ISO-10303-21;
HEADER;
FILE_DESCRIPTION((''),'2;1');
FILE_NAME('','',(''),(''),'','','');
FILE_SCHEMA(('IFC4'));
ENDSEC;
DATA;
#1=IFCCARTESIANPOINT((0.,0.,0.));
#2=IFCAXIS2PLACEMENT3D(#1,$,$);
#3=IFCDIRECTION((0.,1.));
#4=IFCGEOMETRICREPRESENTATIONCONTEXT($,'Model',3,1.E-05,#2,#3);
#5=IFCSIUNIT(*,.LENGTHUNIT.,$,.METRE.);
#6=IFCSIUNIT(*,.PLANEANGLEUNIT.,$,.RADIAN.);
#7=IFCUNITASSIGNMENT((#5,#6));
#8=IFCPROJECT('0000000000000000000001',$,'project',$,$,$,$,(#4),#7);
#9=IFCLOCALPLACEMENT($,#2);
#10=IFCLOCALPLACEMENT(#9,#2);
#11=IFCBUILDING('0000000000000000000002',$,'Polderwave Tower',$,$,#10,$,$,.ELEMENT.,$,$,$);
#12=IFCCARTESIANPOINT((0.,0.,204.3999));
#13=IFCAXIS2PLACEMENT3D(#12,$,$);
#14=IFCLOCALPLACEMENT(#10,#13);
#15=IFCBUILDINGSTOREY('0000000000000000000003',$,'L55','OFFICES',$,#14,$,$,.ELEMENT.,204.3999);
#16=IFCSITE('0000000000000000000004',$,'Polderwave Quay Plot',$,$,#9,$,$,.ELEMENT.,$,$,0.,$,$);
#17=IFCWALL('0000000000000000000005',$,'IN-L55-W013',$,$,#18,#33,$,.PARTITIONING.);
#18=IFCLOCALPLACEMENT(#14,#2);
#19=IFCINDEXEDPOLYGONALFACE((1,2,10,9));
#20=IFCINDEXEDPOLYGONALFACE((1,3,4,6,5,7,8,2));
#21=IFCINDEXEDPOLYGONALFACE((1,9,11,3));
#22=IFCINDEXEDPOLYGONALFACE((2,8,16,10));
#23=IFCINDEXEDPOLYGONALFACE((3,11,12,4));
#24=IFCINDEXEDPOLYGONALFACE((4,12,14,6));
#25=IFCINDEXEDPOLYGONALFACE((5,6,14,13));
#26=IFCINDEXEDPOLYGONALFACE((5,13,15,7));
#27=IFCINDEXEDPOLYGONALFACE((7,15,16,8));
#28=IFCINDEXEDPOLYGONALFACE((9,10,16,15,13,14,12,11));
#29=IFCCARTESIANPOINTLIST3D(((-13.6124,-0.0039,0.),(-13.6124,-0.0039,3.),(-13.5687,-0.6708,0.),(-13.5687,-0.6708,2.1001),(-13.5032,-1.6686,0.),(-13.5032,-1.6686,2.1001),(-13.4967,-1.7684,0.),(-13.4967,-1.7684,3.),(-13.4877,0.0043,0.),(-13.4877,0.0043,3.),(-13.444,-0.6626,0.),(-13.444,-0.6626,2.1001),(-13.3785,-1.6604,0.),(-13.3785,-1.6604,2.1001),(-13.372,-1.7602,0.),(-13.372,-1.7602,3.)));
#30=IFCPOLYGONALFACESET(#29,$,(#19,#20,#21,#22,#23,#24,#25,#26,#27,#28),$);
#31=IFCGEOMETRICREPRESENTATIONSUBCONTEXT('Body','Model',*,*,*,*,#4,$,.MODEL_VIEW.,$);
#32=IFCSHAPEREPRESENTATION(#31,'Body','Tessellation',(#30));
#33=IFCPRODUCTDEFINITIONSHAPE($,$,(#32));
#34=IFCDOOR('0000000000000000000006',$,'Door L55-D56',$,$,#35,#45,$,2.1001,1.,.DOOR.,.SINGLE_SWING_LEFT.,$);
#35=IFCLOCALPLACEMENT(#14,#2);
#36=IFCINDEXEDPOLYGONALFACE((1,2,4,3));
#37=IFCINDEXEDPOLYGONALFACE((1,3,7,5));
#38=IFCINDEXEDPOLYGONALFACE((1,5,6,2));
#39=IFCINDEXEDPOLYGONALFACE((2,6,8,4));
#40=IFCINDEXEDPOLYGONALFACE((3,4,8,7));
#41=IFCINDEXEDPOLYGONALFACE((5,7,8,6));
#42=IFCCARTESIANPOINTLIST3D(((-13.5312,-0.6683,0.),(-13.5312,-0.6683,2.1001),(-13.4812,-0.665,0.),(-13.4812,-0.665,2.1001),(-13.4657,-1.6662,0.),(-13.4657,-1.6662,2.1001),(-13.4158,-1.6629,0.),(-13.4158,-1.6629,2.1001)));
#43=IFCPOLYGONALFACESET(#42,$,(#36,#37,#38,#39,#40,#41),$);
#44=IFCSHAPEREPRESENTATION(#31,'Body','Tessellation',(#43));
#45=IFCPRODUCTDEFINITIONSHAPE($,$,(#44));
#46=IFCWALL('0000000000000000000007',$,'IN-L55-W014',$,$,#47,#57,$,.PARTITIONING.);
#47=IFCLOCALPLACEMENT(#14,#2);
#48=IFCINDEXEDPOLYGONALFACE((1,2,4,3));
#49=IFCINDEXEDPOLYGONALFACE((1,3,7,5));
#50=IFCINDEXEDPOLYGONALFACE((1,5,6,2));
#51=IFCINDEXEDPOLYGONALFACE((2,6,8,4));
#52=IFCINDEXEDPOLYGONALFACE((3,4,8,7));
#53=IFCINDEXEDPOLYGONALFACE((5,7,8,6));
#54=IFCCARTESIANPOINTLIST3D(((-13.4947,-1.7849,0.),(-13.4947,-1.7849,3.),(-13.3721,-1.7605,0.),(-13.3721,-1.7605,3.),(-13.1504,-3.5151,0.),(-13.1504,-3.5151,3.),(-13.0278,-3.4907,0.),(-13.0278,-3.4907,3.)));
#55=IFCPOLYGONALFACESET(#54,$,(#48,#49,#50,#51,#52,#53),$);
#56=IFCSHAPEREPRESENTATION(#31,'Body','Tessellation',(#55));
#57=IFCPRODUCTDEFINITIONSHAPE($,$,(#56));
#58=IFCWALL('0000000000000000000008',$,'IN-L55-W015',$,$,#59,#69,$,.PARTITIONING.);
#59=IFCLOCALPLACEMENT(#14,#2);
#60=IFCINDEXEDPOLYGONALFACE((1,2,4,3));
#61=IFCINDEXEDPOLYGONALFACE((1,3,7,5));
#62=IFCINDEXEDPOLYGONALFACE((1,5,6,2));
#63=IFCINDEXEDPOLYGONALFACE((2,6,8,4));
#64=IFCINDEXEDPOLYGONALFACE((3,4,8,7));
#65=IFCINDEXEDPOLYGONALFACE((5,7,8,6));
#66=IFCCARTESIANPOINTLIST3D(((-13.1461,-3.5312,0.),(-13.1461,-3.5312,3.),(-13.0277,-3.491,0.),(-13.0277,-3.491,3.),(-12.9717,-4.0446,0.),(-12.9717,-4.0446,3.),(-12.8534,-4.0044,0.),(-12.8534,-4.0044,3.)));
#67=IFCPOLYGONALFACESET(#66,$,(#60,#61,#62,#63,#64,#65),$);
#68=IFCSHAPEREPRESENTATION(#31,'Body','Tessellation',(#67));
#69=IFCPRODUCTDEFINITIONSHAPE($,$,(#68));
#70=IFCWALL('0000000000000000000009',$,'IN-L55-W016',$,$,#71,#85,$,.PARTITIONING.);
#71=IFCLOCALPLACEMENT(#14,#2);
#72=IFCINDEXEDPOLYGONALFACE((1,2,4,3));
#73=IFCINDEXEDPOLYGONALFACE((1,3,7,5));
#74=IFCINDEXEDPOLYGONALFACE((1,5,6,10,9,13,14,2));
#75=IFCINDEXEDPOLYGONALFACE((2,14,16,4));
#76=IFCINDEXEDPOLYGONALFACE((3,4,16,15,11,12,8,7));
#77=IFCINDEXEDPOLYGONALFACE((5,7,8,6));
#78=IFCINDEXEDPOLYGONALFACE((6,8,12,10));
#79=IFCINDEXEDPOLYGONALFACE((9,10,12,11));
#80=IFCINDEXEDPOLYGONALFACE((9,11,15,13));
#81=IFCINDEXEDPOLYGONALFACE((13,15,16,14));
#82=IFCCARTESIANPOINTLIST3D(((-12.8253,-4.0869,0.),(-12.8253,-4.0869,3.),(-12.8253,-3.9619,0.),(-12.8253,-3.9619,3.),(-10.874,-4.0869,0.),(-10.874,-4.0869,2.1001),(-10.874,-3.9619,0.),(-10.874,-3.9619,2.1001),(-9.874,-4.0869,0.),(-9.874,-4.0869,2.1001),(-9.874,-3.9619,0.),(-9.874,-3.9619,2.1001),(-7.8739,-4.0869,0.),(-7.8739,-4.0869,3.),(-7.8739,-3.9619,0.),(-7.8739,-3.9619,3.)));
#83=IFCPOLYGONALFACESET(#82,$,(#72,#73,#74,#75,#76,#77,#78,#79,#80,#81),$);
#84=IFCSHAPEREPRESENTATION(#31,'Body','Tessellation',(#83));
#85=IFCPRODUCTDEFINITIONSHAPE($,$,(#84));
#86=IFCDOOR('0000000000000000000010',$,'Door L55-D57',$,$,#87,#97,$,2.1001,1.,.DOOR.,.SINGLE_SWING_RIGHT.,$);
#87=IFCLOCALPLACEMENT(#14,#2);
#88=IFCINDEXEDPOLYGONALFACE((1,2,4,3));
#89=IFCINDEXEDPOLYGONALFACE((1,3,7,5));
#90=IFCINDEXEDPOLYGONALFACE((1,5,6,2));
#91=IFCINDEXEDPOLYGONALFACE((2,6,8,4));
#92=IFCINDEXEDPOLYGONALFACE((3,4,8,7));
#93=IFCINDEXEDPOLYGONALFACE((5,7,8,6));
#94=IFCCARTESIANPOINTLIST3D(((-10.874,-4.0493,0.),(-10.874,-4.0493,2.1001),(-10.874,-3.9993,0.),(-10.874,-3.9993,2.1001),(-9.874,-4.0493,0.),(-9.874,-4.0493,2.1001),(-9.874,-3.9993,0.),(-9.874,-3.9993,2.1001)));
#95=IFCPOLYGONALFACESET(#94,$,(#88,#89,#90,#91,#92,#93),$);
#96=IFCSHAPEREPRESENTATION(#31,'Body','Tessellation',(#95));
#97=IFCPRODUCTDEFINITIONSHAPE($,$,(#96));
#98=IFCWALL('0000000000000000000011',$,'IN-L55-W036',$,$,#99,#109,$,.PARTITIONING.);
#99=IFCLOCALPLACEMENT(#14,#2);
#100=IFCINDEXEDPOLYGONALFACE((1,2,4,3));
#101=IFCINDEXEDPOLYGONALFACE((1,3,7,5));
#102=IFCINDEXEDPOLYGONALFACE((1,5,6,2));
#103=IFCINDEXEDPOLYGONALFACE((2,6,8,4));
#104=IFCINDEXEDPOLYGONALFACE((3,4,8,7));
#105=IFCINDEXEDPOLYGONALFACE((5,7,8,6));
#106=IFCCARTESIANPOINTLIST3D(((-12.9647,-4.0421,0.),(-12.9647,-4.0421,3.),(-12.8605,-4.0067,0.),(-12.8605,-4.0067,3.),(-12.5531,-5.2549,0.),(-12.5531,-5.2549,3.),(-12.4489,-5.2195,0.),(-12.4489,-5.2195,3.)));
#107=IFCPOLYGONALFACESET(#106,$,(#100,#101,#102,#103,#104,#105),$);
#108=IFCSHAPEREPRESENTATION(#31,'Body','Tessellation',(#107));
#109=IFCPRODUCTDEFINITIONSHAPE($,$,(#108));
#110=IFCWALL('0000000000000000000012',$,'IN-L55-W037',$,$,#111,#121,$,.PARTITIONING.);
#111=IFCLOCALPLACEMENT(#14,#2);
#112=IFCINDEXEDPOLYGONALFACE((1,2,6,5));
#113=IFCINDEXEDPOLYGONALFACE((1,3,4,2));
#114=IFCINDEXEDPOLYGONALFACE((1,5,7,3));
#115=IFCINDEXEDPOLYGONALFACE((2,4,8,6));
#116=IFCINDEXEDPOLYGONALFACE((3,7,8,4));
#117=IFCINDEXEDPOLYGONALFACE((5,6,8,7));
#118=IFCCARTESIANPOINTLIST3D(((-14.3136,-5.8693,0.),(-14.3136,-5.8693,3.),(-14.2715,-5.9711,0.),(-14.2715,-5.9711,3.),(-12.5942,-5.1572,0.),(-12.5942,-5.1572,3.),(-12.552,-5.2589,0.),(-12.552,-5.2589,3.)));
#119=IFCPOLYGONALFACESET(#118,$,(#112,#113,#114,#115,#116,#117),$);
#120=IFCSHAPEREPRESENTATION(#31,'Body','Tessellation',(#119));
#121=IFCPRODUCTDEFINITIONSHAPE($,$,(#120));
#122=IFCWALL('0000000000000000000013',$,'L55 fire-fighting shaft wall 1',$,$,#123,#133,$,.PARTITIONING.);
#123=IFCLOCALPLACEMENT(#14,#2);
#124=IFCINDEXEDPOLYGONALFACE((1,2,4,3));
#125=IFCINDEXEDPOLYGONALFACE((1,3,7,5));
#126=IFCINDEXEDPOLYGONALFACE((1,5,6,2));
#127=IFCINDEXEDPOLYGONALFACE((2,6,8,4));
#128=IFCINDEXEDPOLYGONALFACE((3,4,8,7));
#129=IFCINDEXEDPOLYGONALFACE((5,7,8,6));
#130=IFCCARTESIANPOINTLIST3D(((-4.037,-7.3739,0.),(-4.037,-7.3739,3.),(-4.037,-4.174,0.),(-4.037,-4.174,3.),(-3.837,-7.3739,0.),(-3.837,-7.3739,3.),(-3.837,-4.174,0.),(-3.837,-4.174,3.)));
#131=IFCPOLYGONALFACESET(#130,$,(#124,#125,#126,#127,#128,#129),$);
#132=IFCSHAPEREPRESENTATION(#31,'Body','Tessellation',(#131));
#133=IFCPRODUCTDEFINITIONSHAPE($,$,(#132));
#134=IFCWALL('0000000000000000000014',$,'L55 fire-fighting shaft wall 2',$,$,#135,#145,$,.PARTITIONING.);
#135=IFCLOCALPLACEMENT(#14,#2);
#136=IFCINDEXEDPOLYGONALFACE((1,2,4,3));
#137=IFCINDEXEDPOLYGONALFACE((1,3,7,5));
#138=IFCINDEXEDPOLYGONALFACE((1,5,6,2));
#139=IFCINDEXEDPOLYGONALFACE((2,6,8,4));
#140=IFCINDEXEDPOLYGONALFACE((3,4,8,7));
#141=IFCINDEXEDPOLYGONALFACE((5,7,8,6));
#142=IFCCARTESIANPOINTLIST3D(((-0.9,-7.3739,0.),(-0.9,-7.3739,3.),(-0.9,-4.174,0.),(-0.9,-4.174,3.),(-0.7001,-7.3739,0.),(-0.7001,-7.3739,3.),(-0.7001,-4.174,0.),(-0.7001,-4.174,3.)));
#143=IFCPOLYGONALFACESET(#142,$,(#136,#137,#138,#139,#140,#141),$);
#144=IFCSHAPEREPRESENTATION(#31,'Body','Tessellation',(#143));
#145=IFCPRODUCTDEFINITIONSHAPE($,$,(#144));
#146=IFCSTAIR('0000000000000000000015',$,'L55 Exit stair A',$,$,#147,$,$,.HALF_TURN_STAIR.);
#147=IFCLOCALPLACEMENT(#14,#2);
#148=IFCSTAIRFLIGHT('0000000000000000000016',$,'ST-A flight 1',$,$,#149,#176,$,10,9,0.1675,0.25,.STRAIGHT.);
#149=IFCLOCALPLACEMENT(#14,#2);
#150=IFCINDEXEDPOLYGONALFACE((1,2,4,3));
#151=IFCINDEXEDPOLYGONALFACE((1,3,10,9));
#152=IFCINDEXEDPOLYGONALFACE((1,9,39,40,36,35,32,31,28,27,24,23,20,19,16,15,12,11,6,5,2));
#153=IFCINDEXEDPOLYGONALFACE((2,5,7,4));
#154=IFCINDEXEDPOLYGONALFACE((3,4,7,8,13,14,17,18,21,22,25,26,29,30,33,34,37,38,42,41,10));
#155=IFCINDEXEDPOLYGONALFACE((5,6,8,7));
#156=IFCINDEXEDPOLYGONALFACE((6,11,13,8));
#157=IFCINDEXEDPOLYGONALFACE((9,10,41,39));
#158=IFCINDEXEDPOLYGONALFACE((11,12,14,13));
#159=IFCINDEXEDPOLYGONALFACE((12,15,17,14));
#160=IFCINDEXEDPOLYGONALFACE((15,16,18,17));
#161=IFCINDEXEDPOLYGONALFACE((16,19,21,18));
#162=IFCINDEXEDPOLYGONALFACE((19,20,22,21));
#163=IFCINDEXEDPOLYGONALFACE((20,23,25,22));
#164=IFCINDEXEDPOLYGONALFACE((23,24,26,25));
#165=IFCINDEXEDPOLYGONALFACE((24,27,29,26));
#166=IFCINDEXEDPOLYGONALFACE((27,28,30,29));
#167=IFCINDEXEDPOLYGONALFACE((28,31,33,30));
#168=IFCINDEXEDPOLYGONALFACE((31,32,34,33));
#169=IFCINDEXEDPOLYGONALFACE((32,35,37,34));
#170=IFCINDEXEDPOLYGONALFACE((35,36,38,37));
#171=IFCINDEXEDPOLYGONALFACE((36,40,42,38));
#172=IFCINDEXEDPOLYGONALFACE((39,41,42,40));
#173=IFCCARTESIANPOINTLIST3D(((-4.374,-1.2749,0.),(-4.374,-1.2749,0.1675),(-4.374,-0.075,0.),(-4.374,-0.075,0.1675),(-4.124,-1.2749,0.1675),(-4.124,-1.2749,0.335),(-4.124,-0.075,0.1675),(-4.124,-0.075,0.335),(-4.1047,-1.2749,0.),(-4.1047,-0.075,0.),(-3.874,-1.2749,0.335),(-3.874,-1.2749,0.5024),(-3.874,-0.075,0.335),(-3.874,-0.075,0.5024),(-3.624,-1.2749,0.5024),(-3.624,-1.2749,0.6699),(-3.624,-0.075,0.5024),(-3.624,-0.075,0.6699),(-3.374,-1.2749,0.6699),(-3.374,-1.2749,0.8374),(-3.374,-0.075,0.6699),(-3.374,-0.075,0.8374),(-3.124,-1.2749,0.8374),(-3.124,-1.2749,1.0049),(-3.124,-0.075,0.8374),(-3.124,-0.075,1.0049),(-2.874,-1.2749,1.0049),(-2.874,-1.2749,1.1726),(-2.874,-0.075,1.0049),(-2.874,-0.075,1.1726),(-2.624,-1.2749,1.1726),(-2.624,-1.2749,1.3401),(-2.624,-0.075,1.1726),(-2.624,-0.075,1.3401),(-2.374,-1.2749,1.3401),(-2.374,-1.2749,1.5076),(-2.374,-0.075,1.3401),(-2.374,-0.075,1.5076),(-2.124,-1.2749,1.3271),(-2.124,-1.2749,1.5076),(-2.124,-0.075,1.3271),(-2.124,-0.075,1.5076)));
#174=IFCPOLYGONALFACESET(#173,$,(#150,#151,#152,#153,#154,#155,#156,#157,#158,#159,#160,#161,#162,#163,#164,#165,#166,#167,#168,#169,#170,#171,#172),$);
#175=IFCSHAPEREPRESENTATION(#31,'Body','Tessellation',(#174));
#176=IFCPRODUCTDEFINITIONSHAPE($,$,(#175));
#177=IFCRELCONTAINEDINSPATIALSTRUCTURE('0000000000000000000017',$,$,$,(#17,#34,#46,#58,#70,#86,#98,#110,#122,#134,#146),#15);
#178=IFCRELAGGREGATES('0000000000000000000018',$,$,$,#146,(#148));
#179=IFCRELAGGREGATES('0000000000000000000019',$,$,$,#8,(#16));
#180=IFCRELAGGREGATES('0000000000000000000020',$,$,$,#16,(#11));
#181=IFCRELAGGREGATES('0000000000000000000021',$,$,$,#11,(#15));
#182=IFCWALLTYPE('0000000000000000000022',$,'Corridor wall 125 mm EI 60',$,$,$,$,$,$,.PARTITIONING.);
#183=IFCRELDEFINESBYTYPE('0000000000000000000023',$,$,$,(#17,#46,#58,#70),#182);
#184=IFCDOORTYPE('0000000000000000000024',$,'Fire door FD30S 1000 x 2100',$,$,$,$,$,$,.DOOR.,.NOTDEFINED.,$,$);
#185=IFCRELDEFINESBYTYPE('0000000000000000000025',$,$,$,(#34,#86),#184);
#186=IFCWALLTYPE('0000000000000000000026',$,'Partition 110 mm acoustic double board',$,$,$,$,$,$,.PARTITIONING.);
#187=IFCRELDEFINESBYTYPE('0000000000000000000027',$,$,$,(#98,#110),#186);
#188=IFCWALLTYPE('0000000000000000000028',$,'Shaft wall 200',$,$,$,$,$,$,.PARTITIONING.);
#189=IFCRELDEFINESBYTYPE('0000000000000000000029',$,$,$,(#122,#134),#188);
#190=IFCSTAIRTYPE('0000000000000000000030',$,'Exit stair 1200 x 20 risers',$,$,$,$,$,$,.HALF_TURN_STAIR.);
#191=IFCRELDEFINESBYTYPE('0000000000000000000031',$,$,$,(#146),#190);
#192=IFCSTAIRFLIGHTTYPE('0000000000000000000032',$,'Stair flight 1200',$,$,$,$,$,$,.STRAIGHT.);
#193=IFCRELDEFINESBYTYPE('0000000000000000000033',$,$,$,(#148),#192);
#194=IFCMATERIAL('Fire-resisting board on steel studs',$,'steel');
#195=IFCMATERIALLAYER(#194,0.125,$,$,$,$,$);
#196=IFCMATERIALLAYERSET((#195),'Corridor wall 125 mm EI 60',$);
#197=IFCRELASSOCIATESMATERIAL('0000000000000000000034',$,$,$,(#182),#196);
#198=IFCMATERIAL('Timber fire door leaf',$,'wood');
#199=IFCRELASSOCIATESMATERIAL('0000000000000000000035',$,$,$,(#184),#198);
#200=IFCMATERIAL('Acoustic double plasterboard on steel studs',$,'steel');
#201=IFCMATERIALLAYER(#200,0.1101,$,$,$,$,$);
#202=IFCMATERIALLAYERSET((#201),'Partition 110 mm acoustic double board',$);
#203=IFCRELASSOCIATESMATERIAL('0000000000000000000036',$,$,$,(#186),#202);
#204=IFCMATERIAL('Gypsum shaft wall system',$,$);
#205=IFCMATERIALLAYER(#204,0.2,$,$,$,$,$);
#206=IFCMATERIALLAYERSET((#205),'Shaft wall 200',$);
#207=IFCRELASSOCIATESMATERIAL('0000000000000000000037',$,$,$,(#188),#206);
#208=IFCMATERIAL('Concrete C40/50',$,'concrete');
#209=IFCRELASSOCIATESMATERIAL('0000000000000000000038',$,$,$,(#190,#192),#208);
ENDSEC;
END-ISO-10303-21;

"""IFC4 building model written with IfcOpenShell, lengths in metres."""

from ifc_helpers import new_model, si_unit, direction, frame, frame_2d, origin, place, context, subcontext, project, spatial, polyline, rectangle, outline, extrude, material, layer, layer_set, type_object, element, fill, aggregate, save


model = new_model("IFC4")

# Units and contexts
model_context = context("Model", 3, precision=1e-05, world=origin(), true_north=direction((0.0, 1.0)))
body_context = subcontext(model_context, "Body", "Model", "MODEL_VIEW")
ifc_project = project(units=[si_unit("LENGTHUNIT", "METRE"), si_unit("PLANEANGLEUNIT", "RADIAN")], contexts=[model_context])

# Site, building, storey
site_placement = place(None, origin())
site = spatial("IfcSite", under=ifc_project, at=site_placement, Name="Polderwave Quay Plot", CompositionType="ELEMENT", RefElevation=0.0)
building_placement = place(site_placement, origin())
building = spatial("IfcBuilding", under=site, at=building_placement, Name="Polderwave Tower", CompositionType="ELEMENT")
storey_placement = place(building_placement, frame((0.0, 0.0, 204.3999)))
storey = spatial("IfcBuildingStorey", under=building, at=storey_placement, Name="L55", Description="OFFICES", CompositionType="ELEMENT", Elevation=204.3999)

# Wall, opening, door
ifc_material_1 = material(Name="Fire-resisting board on steel studs", Category="steel")
ifc_layer_1 = layer(ifc_material_1, 0.125)
ifc_layer_set_1 = layer_set([ifc_layer_1], Name="Corridor wall 125 mm EI 60")
wall_type_1 = type_object("IfcWallType", Name="Corridor wall 125 mm EI 60", PredefinedType="PARTITIONING", material=ifc_layer_set_1)
wall_1_placement = place(storey_placement, frame((-13.4343, -1.7644, 0.0), z_axis=(0.0, 0.0, 1.0), x_axis=(-0.065447, 0.997856, 0.0)))
wall_1 = element("IfcWall", 1, at=wall_1_placement, inside=storey, type_object=wall_type_1, Name="IN-L55-W013", PredefinedType="PARTITIONING", context=body_context, shape_type="SweptSolid", body=[
    extrude(rectangle(XDim=1.7683, YDim=0.125, at=frame_2d((0.8843, 0.0))), origin(), (0.0, 0.0, 1.0), 3.0),
])
opening_1_placement = place(wall_1_placement, frame((0.1001, 0.0, 0.0)))
opening_1 = element("IfcOpeningElement", 2, at=opening_1_placement, cuts=wall_1, PredefinedType="OPENING", context=body_context, shape_type="SweptSolid", body=[
    extrude(rectangle(XDim=1.0, YDim=2.1001, at=frame_2d((0.5, 1.05))), frame((0.0, 0.0725, 0.0), z_axis=(0.0, -1.0, 0.0), x_axis=(1.0, 0.0, 0.0)), (0.0, 0.0, 1.0), 0.145),
])
ifc_material_2 = material(Name="Timber fire door leaf", Category="wood")
door_type_1 = type_object("IfcDoorType", Name="Fire door FD30S 1000 x 2100", OperationType="NOTDEFINED", PredefinedType="DOOR", material=ifc_material_2)
door_1_placement = place(opening_1_placement, origin())
door_1 = element("IfcDoor", 3, at=door_1_placement, inside=storey, type_object=door_type_1, Name="Door L55-D56", OperationType="SINGLE_SWING_LEFT", OverallHeight=2.1001, OverallWidth=1.0, PredefinedType="DOOR", context=body_context, shape_type="SweptSolid", body=[
    extrude(rectangle(XDim=1.0, YDim=2.1001, at=frame_2d((0.5, 1.05))), frame((0.0, 0.0249, 0.0), z_axis=(0.0, -1.0, 0.0), x_axis=(1.0, 0.0, 0.0)), (0.0, 0.0, 1.0), 0.05),
])
fill(opening_1, door_1)

# Walls
wall_2_placement = place(storey_placement, frame((-13.0891, -3.5029, 0.0), z_axis=(0.0, 0.0, 1.0), x_axis=(-0.195131, 0.980777, 0.0)))
element("IfcWall", 4, at=wall_2_placement, inside=storey, type_object=wall_type_1, Name="IN-L55-W014", PredefinedType="PARTITIONING", context=body_context, shape_type="SweptSolid", body=[
    extrude(rectangle(XDim=1.7642, YDim=0.125, at=frame_2d((0.8821, 0.0))), origin(), (0.0, 0.0, 1.0), 3.0),
])
wall_3_placement = place(storey_placement, frame((-12.9126, -4.0244, 0.0), z_axis=(0.0, 0.0, 1.0), x_axis=(-0.321491, 0.946913, 0.0)))
element("IfcWall", 5, at=wall_3_placement, inside=storey, type_object=wall_type_1, Name="IN-L55-W015", PredefinedType="PARTITIONING", context=body_context, shape_type="SweptSolid", body=[
    extrude(rectangle(XDim=0.5422, YDim=0.125, at=frame_2d((0.271, 0.0))), origin(), (0.0, 0.0, 1.0), 3.0),
])

# Wall, opening, door
wall_4_placement = place(storey_placement, frame((-7.874, -4.0244, 0.0), z_axis=(0.0, 0.0, 1.0), x_axis=(-1.0, 0.0, 0.0)))
wall_4 = element("IfcWall", 6, at=wall_4_placement, inside=storey, type_object=wall_type_1, Name="IN-L55-W016", PredefinedType="PARTITIONING", context=body_context, shape_type="SweptSolid", body=[
    extrude(rectangle(XDim=4.9514, YDim=0.125, at=frame_2d((2.4756, 0.0))), origin(), (0.0, 0.0, 1.0), 3.0),
])
opening_2_placement = place(wall_4_placement, frame((2.0, 0.0, 0.0)))
opening_2 = element("IfcOpeningElement", 7, at=opening_2_placement, cuts=wall_4, PredefinedType="OPENING", context=body_context, shape_type="SweptSolid", body=[
    extrude(rectangle(XDim=1.0, YDim=2.1001, at=frame_2d((0.5, 1.05))), frame((0.0, 0.0725, 0.0), z_axis=(0.0, -1.0, 0.0), x_axis=(1.0, 0.0, 0.0)), (0.0, 0.0, 1.0), 0.145),
])
door_2_placement = place(opening_2_placement, origin())
door_2 = element("IfcDoor", 8, at=door_2_placement, inside=storey, type_object=door_type_1, Name="Door L55-D57", OperationType="SINGLE_SWING_RIGHT", OverallHeight=2.1001, OverallWidth=1.0, PredefinedType="DOOR", context=body_context, shape_type="SweptSolid", body=[
    extrude(rectangle(XDim=1.0, YDim=2.1001, at=frame_2d((0.5, 1.05))), frame((0.0, 0.0249, 0.0), z_axis=(0.0, -1.0, 0.0), x_axis=(1.0, 0.0, 0.0)), (0.0, 0.0, 1.0), 0.05),
])
fill(opening_2, door_2)

# Walls
ifc_material_3 = material(Name="Acoustic double plasterboard on steel studs", Category="steel")
ifc_layer_2 = layer(ifc_material_3, 0.1101)
ifc_layer_set_2 = layer_set([ifc_layer_2], Name="Partition 110 mm acoustic double board")
wall_type_2 = type_object("IfcWallType", Name="Partition 110 mm acoustic double board", PredefinedType="PARTITIONING", material=ifc_layer_set_2)
wall_5_placement = place(storey_placement, frame((-12.9126, -4.0244, 0.0), z_axis=(0.0, 0.0, 1.0), x_axis=(0.32137, -0.946954, 0.0)))
element("IfcWall", 9, at=wall_5_placement, inside=storey, type_object=wall_type_2, Name="IN-L55-W036", PredefinedType="PARTITIONING", context=body_context, shape_type="SweptSolid", body=[
    extrude(rectangle(XDim=1.2808, YDim=0.1101, at=frame_2d((0.6404, 0.0))), origin(), (0.0, 0.0, 1.0), 3.0),
])
wall_6_placement = place(storey_placement, frame((-12.573, -5.208, 0.0), z_axis=(0.0, 0.0, 1.0), x_axis=(-0.923894, -0.382649, 0.0)))
element("IfcWall", 10, at=wall_6_placement, inside=storey, type_object=wall_type_2, Name="IN-L55-W037", PredefinedType="PARTITIONING", context=body_context, shape_type="SweptSolid", body=[
    extrude(rectangle(XDim=1.8611, YDim=0.1101, at=frame_2d((0.9307, 0.0))), origin(), (0.0, 0.0, 1.0), 3.0),
])
ifc_material_4 = material(Name="Gypsum shaft wall system")
ifc_layer_3 = layer(ifc_material_4, 0.2)
ifc_layer_set_3 = layer_set([ifc_layer_3], Name="Shaft wall 200")
wall_type_3 = type_object("IfcWallType", Name="Shaft wall 200", PredefinedType="PARTITIONING", material=ifc_layer_set_3)
for number, where, z_axis, x_axis, name in (
    (11, (-3.937, -7.374, 0.0), (0.0, 0.0, 1.0), (0.0, 1.0, 0.0), "L55 fire-fighting shaft wall 1"),
    (12, (-0.8, -7.374, 0.0), (0.0, 0.0, 1.0), (0.0, 1.0, 0.0), "L55 fire-fighting shaft wall 2"),
):
    element("IfcWall", number, at=place(storey_placement, frame(where, z_axis=z_axis, x_axis=x_axis)), inside=storey, type_object=wall_type_3, Name=name, PredefinedType="PARTITIONING", context=body_context, shape_type="SweptSolid", body=[
        extrude(rectangle(XDim=3.2, YDim=0.2, at=frame_2d((1.6001, 0.0))), origin(), (0.0, 0.0, 1.0), 3.0),
    ])

# Stair, stair flight
ifc_material_5 = material(Name="Concrete C40/50", Category="concrete")
stair_type = type_object("IfcStairType", Name="Exit stair 1200 x 20 risers", PredefinedType="HALF_TURN_STAIR", material=ifc_material_5)
stair_placement = place(storey_placement, origin())
stair = element("IfcStair", 13, at=stair_placement, inside=storey, type_object=stair_type, Name="L55 Exit stair A", PredefinedType="HALF_TURN_STAIR")
stair_flight_type = type_object("IfcStairFlightType", Name="Stair flight 1200", PredefinedType="STRAIGHT", material=ifc_material_5)
stair_flight_placement = place(storey_placement, frame((-4.374, -0.675, 0.0), z_axis=(0.0, 0.0, 1.0), x_axis=(1.0, 0.0, 0.0)))
stair_flight = element("IfcStairFlight", 14, at=stair_flight_placement, type_object=stair_flight_type, Name="ST-A flight 1", NumberOfRisers=10, NumberOfTreads=9, PredefinedType="STRAIGHT", RiserHeight=0.1675, TreadLength=0.25, context=body_context, shape_type="SweptSolid", body=[
    extrude(outline(polyline([(0.0, 0.0), (0.0, 0.1675), (0.25, 0.1675), (0.25, 0.335), (0.5, 0.335), (0.5, 0.5024), (0.75, 0.5024), (0.75, 0.6699), (1.0, 0.6699), (1.0, 0.8374), (1.25, 0.8374), (1.25, 1.0049), (1.5, 1.0049), (1.5, 1.1726), (1.75, 1.1726), (1.75, 1.3401), (2.0, 1.3401), (2.0, 1.5076), (2.25, 1.5076), (2.25, 1.675), (2.25, 1.3271), (0.2693, 0.0), (0.0, 0.0)])), frame((0.0, 0.6001, 0.0), z_axis=(0.0, -1.0, 0.0), x_axis=(1.0, 0.0, 0.0)), (0.0, 0.0, 1.0), 1.2),
])
aggregate(stair, [stair_flight])

save(model, "model.ifc")
